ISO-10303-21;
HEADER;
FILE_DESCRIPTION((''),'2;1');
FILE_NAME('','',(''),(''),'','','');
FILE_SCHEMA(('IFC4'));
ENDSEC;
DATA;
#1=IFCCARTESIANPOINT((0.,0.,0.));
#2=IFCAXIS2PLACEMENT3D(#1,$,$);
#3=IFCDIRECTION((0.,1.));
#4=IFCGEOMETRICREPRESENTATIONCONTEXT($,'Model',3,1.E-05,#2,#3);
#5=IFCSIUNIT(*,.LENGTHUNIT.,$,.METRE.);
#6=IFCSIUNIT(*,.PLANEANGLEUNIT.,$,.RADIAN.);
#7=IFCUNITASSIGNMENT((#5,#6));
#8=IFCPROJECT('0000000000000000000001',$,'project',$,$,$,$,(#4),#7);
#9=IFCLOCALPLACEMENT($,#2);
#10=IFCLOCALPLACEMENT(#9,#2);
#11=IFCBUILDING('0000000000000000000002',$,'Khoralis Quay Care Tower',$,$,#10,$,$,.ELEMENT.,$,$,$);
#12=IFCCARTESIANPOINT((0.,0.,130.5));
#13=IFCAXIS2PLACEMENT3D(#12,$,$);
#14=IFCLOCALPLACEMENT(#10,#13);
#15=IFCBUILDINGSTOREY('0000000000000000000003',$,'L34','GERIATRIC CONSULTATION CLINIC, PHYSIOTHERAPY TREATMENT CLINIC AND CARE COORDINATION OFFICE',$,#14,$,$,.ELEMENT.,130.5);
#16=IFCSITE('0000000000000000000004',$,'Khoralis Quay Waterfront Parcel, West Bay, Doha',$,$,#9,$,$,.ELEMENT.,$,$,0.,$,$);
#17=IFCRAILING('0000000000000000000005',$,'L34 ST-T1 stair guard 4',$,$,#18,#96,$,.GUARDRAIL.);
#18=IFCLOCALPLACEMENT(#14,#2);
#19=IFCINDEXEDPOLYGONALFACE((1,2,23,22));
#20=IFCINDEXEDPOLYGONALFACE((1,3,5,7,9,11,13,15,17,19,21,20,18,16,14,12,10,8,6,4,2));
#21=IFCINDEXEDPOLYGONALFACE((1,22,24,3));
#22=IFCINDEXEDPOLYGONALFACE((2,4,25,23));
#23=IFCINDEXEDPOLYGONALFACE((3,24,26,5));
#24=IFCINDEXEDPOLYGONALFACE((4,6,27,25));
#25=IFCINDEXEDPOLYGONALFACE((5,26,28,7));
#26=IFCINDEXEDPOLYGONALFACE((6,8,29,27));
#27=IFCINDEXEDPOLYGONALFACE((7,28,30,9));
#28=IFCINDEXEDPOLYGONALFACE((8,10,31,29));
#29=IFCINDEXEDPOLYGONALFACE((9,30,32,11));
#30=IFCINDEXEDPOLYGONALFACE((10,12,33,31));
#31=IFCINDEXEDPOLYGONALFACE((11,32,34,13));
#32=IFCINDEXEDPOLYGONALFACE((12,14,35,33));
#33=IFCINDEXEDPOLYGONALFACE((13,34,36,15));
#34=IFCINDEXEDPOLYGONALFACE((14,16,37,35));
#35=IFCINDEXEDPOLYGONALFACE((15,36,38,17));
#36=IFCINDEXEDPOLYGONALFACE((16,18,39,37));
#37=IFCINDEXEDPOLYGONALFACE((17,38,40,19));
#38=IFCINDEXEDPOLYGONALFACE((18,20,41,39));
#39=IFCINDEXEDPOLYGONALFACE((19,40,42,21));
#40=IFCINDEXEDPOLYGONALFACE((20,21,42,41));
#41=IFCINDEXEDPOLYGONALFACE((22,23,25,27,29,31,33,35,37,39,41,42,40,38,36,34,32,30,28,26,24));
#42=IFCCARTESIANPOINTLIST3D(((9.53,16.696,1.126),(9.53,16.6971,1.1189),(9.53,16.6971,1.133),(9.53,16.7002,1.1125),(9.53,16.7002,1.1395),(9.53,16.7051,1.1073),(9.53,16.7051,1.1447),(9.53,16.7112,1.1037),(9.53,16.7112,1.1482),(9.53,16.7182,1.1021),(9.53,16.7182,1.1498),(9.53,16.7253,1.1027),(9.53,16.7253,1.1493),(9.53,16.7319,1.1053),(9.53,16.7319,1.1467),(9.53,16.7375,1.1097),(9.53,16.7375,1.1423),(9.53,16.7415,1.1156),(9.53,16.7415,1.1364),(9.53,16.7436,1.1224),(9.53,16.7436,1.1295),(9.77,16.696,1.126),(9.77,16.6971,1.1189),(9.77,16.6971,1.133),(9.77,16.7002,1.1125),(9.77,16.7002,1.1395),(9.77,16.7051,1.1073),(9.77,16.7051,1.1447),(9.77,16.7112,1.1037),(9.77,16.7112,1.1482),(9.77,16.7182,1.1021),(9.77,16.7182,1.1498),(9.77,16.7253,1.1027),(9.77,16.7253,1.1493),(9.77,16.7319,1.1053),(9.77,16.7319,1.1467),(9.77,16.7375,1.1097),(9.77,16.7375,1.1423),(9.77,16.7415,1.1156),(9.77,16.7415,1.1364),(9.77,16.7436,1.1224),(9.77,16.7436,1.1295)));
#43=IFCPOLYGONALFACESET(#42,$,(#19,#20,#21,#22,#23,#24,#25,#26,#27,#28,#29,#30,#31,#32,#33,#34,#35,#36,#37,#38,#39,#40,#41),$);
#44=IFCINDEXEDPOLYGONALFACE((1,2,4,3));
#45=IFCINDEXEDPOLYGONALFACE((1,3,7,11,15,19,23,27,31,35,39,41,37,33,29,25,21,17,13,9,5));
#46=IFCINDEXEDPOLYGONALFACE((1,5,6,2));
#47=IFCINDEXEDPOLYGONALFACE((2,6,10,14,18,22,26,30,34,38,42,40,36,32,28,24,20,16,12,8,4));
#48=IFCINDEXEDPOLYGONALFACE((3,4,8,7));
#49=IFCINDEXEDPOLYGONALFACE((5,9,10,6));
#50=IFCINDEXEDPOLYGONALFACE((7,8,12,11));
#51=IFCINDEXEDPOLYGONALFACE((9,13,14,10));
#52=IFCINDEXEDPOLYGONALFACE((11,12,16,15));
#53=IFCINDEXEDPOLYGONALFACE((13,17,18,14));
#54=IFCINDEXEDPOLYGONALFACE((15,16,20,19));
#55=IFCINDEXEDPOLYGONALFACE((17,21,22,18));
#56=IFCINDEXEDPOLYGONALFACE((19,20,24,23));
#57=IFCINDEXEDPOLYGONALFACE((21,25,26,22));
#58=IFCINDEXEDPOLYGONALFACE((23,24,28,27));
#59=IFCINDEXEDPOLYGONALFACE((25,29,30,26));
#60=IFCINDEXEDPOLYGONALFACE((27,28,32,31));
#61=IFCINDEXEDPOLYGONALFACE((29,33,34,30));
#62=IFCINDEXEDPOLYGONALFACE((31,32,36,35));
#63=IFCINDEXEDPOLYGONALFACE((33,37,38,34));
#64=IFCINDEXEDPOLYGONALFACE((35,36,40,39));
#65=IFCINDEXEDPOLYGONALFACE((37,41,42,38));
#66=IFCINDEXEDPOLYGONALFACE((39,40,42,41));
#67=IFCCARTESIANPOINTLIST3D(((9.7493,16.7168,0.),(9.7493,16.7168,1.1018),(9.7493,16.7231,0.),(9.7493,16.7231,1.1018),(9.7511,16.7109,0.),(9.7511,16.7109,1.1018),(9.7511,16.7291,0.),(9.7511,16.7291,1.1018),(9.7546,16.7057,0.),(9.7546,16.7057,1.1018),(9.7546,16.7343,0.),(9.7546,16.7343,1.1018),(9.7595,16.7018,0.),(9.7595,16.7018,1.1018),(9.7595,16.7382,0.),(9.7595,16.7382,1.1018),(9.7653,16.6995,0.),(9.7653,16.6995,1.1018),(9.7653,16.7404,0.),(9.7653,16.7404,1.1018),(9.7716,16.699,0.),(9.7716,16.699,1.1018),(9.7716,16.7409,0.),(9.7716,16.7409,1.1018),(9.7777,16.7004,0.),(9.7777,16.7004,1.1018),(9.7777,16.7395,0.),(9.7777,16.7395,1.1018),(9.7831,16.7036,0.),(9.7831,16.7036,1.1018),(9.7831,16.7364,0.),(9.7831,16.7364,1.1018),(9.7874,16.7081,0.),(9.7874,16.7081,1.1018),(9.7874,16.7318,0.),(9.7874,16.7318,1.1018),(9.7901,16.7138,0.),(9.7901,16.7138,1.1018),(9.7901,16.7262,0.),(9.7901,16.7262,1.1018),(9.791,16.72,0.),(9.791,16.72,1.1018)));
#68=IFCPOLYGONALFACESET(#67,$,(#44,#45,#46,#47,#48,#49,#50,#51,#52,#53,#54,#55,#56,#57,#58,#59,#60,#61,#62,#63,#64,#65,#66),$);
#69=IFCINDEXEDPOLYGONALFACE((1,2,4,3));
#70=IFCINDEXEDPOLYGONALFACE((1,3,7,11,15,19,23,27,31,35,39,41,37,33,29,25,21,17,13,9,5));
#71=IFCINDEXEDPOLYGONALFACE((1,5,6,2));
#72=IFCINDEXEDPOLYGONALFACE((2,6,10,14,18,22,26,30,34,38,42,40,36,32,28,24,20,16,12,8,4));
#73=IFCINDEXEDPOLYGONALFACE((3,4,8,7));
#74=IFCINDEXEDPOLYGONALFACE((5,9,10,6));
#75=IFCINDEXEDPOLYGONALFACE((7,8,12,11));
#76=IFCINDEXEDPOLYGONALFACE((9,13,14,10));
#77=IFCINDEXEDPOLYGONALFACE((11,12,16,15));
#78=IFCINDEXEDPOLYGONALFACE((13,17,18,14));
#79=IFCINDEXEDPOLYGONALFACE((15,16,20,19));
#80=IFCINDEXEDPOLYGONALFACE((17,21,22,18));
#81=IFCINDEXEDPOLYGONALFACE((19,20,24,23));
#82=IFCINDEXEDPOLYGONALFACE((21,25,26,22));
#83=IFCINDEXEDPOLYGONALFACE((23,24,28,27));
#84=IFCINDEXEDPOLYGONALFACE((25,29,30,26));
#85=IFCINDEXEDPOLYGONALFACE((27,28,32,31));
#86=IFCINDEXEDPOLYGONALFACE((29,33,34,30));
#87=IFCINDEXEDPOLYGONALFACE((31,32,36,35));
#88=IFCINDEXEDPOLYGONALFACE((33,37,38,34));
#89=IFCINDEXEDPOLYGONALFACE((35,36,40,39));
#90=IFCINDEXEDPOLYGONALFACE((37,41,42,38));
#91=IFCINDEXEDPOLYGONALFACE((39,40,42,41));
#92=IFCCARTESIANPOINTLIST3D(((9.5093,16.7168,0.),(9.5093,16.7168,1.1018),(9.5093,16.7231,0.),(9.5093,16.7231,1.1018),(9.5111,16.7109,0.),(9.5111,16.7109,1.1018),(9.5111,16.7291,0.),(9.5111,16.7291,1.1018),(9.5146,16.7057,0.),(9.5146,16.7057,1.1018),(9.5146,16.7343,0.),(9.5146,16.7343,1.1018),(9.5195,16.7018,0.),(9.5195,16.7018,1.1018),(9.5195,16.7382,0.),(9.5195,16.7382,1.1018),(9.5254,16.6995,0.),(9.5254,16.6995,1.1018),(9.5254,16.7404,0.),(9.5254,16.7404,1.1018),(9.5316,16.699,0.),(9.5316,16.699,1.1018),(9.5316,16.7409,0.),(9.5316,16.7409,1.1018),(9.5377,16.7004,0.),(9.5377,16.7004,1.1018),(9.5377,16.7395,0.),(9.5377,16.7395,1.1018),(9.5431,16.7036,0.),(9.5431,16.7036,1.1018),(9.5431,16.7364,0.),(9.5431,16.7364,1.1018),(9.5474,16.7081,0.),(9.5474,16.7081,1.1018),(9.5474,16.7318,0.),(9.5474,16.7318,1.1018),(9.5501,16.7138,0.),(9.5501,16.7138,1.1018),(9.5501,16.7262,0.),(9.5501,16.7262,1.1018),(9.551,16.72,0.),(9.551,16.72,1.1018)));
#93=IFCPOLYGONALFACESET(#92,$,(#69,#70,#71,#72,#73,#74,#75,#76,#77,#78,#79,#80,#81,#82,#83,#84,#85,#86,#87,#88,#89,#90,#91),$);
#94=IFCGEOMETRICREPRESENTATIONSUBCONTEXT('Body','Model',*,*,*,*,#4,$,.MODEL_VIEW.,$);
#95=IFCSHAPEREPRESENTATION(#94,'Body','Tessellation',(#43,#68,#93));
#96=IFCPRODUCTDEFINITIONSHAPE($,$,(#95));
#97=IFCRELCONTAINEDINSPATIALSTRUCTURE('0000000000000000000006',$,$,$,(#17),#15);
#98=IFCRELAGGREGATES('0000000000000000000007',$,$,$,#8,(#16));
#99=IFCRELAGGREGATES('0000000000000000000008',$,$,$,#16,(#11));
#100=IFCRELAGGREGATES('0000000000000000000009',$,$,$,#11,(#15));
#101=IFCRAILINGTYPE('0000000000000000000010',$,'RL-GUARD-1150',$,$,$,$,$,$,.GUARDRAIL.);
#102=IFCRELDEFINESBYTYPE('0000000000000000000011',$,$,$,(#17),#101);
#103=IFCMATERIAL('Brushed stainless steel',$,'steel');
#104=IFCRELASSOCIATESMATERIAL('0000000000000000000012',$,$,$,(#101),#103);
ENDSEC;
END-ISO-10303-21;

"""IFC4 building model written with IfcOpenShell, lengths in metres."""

from ifc_helpers import new_model, si_unit, direction, frame, origin, origin_2d, place, context, subcontext, project, spatial, circle, extrude, material, type_object, element, save


model = new_model("IFC4")

# Units and contexts
model_context = context("Model", 3, precision=1e-05, world=origin(), true_north=direction((0.0, 1.0)))
body_context = subcontext(model_context, "Body", "Model", "MODEL_VIEW")
ifc_project = project(units=[si_unit("LENGTHUNIT", "METRE"), si_unit("PLANEANGLEUNIT", "RADIAN")], contexts=[model_context])

# Site, building, storey
site_placement = place(None, origin())
site = spatial("IfcSite", under=ifc_project, at=site_placement, Name="Khoralis Quay Waterfront Parcel, West Bay, Doha", CompositionType="ELEMENT", RefElevation=0.0)
building_placement = place(site_placement, origin())
building = spatial("IfcBuilding", under=site, at=building_placement, Name="Khoralis Quay Care Tower", CompositionType="ELEMENT")
storey_placement = place(building_placement, frame((0.0, 0.0, 130.5)))
storey = spatial("IfcBuildingStorey", under=building, at=storey_placement, Name="L34", Description="GERIATRIC CONSULTATION CLINIC, PHYSIOTHERAPY TREATMENT CLINIC AND CARE COORDINATION OFFICE", CompositionType="ELEMENT", Elevation=130.5)

# Shared definitions
ifc_material_1 = material(Name="Brushed stainless steel", Category="steel")

# Railing
railing_type = type_object("IfcRailingType", Name="RL-GUARD-1150", PredefinedType="GUARDRAIL", material=ifc_material_1)
railing_placement = place(storey_placement, frame((9.77, 16.72, 0.0)))
element("IfcRailing", 1, at=railing_placement, inside=storey, type_object=railing_type, Name="L34 ST-T1 stair guard 4", PredefinedType="GUARDRAIL", context=body_context, shape_type="SweptSolid", body=[
    extrude(circle(Radius=0.0239, at=origin_2d()), frame((0.0, 0.0, 1.126), z_axis=(-1.0, 0.0, 0.0), x_axis=(0.0, -1.0, 0.0)), (0.0, 0.0, 1.0), 0.24),
    extrude(circle(Radius=0.021, at=origin_2d()), origin(), (0.0, 0.0, 1.0), 1.1018),
    extrude(circle(Radius=0.021, at=origin_2d()), frame((-0.24, 0.0, 0.0)), (0.0, 0.0, 1.0), 1.1018),
])

save(model, "model.ifc")
